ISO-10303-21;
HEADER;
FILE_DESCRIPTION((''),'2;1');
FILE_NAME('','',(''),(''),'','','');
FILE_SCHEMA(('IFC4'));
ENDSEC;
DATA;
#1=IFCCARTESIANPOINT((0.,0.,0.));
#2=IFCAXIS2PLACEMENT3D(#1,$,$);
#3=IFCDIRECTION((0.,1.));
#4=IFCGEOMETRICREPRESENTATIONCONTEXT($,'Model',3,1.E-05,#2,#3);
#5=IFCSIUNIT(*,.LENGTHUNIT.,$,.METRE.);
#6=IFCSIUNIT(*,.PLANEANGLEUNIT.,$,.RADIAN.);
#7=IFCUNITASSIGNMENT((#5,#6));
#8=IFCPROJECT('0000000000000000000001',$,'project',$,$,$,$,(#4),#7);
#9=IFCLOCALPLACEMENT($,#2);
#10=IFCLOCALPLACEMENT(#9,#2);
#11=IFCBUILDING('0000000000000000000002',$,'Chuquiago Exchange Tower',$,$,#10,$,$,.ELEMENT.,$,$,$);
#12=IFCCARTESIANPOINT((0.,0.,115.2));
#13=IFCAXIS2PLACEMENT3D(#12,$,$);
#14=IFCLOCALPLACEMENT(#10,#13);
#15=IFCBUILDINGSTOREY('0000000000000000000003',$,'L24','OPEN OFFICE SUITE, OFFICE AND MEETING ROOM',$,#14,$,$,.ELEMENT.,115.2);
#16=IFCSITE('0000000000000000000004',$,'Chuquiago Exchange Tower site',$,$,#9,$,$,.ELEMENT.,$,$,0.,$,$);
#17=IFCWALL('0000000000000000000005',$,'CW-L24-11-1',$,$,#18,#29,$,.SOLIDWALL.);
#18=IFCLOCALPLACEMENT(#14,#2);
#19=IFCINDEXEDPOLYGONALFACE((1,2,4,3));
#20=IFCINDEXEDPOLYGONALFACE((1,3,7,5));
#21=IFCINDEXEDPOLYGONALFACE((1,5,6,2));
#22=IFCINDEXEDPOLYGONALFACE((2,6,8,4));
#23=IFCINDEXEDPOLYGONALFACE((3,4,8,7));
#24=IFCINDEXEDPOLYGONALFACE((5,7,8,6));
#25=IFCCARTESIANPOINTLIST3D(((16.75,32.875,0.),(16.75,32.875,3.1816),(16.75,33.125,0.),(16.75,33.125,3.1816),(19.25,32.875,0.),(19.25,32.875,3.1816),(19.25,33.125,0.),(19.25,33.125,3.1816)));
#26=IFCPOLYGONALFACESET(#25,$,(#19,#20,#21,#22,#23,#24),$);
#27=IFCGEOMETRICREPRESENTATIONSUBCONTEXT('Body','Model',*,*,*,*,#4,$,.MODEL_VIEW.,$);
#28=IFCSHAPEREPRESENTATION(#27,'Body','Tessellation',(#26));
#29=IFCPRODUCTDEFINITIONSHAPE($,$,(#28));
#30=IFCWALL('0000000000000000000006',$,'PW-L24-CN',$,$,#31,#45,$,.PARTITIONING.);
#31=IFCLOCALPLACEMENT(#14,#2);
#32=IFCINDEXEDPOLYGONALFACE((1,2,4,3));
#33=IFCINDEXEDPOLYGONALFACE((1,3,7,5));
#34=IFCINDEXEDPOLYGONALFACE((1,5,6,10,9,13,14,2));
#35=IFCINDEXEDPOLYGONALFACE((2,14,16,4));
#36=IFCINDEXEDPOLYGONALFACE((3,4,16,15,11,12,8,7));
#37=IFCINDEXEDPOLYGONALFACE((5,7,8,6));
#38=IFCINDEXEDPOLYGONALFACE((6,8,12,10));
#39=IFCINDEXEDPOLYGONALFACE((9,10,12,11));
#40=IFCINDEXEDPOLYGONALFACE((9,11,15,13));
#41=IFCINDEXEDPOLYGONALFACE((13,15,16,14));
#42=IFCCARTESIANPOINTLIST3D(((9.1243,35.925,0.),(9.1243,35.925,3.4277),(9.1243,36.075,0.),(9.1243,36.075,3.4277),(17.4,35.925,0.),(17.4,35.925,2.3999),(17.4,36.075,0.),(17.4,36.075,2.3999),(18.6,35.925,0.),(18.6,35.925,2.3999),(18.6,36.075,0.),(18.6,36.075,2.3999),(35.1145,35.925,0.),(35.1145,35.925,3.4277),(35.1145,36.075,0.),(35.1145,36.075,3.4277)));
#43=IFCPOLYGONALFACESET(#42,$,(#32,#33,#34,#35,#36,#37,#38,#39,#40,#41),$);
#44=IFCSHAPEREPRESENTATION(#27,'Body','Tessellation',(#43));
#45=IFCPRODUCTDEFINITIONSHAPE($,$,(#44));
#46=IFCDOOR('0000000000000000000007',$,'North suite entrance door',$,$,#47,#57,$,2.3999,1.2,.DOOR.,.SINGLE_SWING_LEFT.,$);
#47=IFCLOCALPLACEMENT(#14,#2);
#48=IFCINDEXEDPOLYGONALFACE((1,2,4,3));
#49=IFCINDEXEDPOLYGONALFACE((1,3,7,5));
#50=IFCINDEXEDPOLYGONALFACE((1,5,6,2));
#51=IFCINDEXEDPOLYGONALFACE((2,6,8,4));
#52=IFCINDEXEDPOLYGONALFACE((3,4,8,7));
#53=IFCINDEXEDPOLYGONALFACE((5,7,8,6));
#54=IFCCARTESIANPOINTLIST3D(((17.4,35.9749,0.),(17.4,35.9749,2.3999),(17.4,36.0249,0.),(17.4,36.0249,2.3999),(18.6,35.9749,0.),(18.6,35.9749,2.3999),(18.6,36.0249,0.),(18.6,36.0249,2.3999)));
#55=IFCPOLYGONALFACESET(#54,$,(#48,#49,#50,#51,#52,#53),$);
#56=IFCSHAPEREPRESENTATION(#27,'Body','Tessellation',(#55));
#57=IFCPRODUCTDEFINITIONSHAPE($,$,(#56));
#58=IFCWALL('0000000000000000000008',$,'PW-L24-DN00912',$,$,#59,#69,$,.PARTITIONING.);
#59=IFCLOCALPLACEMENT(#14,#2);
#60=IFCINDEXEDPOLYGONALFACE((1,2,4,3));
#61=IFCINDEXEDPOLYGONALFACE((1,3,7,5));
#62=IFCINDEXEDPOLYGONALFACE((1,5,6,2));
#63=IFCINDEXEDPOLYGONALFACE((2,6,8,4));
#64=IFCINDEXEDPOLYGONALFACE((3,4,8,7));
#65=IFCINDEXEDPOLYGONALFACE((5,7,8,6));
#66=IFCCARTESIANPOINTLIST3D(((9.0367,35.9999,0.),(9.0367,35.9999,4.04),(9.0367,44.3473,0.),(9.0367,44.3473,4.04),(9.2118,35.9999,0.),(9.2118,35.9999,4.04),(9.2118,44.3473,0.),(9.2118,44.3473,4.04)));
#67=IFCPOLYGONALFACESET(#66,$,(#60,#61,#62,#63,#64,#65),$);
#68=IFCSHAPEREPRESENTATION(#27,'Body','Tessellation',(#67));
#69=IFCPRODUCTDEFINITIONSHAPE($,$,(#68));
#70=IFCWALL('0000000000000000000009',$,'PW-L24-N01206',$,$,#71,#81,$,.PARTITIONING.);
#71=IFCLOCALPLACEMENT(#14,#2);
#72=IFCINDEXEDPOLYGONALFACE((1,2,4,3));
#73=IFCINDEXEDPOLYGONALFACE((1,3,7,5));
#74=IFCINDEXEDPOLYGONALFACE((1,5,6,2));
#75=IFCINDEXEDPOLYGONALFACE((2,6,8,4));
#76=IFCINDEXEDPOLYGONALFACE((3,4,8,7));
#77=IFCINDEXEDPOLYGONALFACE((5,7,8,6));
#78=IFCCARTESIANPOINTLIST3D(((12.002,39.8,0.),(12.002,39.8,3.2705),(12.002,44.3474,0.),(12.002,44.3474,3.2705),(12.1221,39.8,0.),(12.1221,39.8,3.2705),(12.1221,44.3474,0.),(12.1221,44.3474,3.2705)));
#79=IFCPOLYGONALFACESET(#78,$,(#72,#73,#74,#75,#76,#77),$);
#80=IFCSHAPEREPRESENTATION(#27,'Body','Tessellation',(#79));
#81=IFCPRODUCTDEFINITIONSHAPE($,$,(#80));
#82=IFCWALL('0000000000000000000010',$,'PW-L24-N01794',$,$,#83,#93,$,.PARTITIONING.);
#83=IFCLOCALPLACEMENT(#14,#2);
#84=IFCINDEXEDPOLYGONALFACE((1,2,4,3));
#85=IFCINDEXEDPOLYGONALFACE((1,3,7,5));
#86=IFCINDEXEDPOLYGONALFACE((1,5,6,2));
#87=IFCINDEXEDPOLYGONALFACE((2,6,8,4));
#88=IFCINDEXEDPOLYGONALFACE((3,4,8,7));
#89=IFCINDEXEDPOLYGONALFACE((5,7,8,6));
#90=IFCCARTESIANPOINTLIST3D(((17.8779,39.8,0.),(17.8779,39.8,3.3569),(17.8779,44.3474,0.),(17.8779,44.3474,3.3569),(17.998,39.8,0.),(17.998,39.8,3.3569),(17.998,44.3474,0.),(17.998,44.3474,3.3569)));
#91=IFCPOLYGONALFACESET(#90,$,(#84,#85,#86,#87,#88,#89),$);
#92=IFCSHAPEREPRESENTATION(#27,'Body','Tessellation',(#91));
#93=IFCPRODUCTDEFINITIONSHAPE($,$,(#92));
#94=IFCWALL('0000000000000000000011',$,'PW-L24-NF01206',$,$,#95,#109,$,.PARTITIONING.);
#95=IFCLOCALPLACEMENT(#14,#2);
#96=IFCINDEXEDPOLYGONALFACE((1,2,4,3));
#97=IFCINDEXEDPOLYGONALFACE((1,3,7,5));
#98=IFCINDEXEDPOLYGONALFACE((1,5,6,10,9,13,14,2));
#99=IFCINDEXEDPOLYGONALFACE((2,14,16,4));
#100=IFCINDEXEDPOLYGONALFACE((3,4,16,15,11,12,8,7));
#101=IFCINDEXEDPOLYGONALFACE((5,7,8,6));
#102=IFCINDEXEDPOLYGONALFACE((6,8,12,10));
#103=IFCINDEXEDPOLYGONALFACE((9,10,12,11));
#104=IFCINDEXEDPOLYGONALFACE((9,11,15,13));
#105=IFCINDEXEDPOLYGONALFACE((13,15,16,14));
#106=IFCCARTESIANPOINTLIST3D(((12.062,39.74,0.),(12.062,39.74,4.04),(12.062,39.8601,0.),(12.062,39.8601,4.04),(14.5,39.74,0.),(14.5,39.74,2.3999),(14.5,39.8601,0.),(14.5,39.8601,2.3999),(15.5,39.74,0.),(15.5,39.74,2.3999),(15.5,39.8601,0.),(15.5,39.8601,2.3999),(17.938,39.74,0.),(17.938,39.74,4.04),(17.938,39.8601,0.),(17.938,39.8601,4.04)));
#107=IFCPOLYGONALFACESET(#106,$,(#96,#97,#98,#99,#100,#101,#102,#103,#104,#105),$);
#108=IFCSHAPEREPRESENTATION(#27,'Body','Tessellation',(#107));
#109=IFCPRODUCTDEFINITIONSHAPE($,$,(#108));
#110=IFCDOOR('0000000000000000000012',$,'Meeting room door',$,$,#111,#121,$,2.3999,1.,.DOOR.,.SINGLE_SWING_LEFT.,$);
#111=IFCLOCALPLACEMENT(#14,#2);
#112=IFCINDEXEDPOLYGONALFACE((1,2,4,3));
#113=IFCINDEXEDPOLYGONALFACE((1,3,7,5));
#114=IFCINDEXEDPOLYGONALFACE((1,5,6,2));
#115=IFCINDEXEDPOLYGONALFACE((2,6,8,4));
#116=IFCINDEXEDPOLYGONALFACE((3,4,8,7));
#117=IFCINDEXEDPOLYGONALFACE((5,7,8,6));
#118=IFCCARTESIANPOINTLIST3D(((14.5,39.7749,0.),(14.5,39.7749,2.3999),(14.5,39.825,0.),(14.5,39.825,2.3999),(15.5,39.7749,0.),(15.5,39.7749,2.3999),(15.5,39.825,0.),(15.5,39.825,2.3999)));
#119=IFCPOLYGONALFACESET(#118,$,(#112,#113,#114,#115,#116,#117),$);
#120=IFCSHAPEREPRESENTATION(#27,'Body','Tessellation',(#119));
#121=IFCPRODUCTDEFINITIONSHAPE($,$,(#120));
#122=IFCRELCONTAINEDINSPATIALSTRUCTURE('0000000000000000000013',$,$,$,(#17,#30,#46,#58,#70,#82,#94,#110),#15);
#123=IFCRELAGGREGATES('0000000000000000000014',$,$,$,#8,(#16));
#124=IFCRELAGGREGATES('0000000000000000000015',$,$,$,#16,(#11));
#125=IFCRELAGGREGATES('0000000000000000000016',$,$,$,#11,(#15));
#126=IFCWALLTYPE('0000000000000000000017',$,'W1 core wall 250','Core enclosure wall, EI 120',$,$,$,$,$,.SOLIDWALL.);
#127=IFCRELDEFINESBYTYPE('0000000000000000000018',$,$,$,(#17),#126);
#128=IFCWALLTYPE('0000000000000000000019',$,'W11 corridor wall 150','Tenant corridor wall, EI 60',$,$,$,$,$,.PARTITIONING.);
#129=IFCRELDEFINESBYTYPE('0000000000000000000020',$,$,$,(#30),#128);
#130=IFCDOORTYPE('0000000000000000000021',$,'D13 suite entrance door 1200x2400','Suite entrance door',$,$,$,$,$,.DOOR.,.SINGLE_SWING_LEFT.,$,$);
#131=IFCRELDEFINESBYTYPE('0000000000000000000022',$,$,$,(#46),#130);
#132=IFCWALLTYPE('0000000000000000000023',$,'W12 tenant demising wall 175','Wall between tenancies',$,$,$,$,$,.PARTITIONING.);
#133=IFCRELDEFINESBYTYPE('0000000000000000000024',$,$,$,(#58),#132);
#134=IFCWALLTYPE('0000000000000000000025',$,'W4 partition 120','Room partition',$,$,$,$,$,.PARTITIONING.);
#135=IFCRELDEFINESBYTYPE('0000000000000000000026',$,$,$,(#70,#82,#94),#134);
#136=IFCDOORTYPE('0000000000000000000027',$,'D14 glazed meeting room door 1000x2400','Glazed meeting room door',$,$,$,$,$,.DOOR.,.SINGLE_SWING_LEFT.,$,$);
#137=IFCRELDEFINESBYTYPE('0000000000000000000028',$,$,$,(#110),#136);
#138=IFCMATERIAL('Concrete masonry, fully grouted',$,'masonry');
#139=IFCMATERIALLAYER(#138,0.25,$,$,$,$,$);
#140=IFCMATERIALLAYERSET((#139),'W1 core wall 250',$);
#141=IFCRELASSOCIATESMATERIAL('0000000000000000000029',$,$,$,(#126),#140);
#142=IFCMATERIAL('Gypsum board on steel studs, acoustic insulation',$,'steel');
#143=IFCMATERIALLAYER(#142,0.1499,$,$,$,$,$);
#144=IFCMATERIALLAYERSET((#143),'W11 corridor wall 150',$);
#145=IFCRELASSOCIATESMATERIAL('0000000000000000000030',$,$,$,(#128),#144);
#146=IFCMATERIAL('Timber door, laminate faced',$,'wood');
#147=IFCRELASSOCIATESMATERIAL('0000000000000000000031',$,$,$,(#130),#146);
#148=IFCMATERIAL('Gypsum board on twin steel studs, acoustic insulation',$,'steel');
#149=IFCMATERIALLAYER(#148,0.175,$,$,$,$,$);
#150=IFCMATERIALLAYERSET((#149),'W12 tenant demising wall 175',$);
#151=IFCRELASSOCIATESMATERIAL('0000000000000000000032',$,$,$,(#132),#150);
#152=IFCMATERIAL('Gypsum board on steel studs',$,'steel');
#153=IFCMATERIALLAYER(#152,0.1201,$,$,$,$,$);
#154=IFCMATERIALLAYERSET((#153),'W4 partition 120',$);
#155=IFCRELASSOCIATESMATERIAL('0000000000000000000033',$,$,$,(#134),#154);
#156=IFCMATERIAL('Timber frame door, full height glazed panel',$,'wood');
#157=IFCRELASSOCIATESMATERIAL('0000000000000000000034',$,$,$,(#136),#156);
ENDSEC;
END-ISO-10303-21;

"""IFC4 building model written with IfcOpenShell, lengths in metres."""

from ifc_helpers import new_model, si_unit, direction, frame, frame_2d, origin, place, context, subcontext, project, spatial, rectangle, extrude, material, layer, layer_set, type_object, element, fill, save


model = new_model("IFC4")

# Units and contexts
model_context = context("Model", 3, precision=1e-05, world=origin(), true_north=direction((0.0, 1.0)))
body_context = subcontext(model_context, "Body", "Model", "MODEL_VIEW")
ifc_project = project(units=[si_unit("LENGTHUNIT", "METRE"), si_unit("PLANEANGLEUNIT", "RADIAN")], contexts=[model_context])

# Site, building, storey
site_placement = place(None, origin())
site = spatial("IfcSite", under=ifc_project, at=site_placement, Name="Chuquiago Exchange Tower site", CompositionType="ELEMENT", RefElevation=0.0)
building_placement = place(site_placement, origin())
building = spatial("IfcBuilding", under=site, at=building_placement, Name="Chuquiago Exchange Tower", CompositionType="ELEMENT")
storey_placement = place(building_placement, frame((0.0, 0.0, 115.2)))
storey = spatial("IfcBuildingStorey", under=building, at=storey_placement, Name="L24", Description="OPEN OFFICE SUITE, OFFICE AND MEETING ROOM", CompositionType="ELEMENT", Elevation=115.2)

# Wall
ifc_material_1 = material(Name="Concrete masonry, fully grouted", Category="masonry")
ifc_layer_1 = layer(ifc_material_1, 0.25)
ifc_layer_set_1 = layer_set([ifc_layer_1], Name="W1 core wall 250")
wall_type_1 = type_object("IfcWallType", Name="W1 core wall 250", Description="Core enclosure wall, EI 120", PredefinedType="SOLIDWALL", material=ifc_layer_set_1)
wall_1_placement = place(storey_placement, frame((16.75, 33.0, 0.0), z_axis=(0.0, 0.0, 1.0), x_axis=(1.0, 0.0, 0.0)))
element("IfcWall", 1, at=wall_1_placement, inside=storey, type_object=wall_type_1, Name="CW-L24-11-1", PredefinedType="SOLIDWALL", context=body_context, shape_type="SweptSolid", body=[
    extrude(rectangle(XDim=2.5, YDim=0.25, at=frame_2d((1.25, 0.0))), origin(), (0.0, 0.0, 1.0), 3.1816),
])

# Wall, opening, door
ifc_material_2 = material(Name="Gypsum board on steel studs, acoustic insulation", Category="steel")
ifc_layer_2 = layer(ifc_material_2, 0.1499)
ifc_layer_set_2 = layer_set([ifc_layer_2], Name="W11 corridor wall 150")
wall_type_2 = type_object("IfcWallType", Name="W11 corridor wall 150", Description="Tenant corridor wall, EI 60", PredefinedType="PARTITIONING", material=ifc_layer_set_2)
wall_2_placement = place(storey_placement, frame((9.1243, 36.0, 0.0), z_axis=(0.0, 0.0, 1.0), x_axis=(1.0, 0.0, 0.0)))
wall_2 = element("IfcWall", 2, at=wall_2_placement, inside=storey, type_object=wall_type_2, Name="PW-L24-CN", PredefinedType="PARTITIONING", context=body_context, shape_type="SweptSolid", body=[
    extrude(rectangle(XDim=25.9902, YDim=0.1499, at=frame_2d((12.9951, 0.0))), origin(), (0.0, 0.0, 1.0), 3.4277),
])
opening_1_placement = place(wall_2_placement, frame((8.2756, 0.0, 0.0)))
opening_1 = element("IfcOpeningElement", 3, at=opening_1_placement, cuts=wall_2, PredefinedType="OPENING", context=body_context, shape_type="SweptSolid", body=[
    extrude(rectangle(XDim=1.2, YDim=2.3999, at=frame_2d((0.6001, 1.2))), frame((0.0, 0.085, 0.0), z_axis=(0.0, -1.0, 0.0), x_axis=(1.0, 0.0, 0.0)), (0.0, 0.0, 1.0), 0.1699),
])
ifc_material_3 = material(Name="Timber door, laminate faced", Category="wood")
door_type_1 = type_object("IfcDoorType", Name="D13 suite entrance door 1200x2400", Description="Suite entrance door", OperationType="SINGLE_SWING_LEFT", PredefinedType="DOOR", material=ifc_material_3)
door_1_placement = place(opening_1_placement, origin())
door_1 = element("IfcDoor", 4, at=door_1_placement, inside=storey, type_object=door_type_1, Name="North suite entrance door", OperationType="SINGLE_SWING_LEFT", OverallHeight=2.3999, OverallWidth=1.2, PredefinedType="DOOR", context=body_context, shape_type="SweptSolid", body=[
    extrude(rectangle(XDim=1.2, YDim=2.3999, at=frame_2d((0.6001, 1.2))), frame((0.0, 0.0249, 0.0), z_axis=(0.0, -1.0, 0.0), x_axis=(1.0, 0.0, 0.0)), (0.0, 0.0, 1.0), 0.05),
])
fill(opening_1, door_1)

# Walls
ifc_material_4 = material(Name="Gypsum board on twin steel studs, acoustic insulation", Category="steel")
ifc_layer_3 = layer(ifc_material_4, 0.175)
ifc_layer_set_3 = layer_set([ifc_layer_3], Name="W12 tenant demising wall 175")
wall_type_3 = type_object("IfcWallType", Name="W12 tenant demising wall 175", Description="Wall between tenancies", PredefinedType="PARTITIONING", material=ifc_layer_set_3)
wall_3_placement = place(storey_placement, frame((9.1243, 44.3474, 0.0), z_axis=(0.0, 0.0, 1.0), x_axis=(0.0, -1.0, 0.0)))
element("IfcWall", 5, at=wall_3_placement, inside=storey, type_object=wall_type_3, Name="PW-L24-DN00912", PredefinedType="PARTITIONING", context=body_context, shape_type="SweptSolid", body=[
    extrude(rectangle(XDim=8.3474, YDim=0.175, at=frame_2d((4.1738, 0.0))), origin(), (0.0, 0.0, 1.0), 4.04),
])
ifc_material_5 = material(Name="Gypsum board on steel studs", Category="steel")
ifc_layer_4 = layer(ifc_material_5, 0.1201)
ifc_layer_set_4 = layer_set([ifc_layer_4], Name="W4 partition 120")
wall_type_4 = type_object("IfcWallType", Name="W4 partition 120", Description="Room partition", PredefinedType="PARTITIONING", material=ifc_layer_set_4)
wall_4_placement = place(storey_placement, frame((12.062, 44.3474, 0.0), z_axis=(0.0, 0.0, 1.0), x_axis=(0.0, -1.0, 0.0)))
element("IfcWall", 6, at=wall_4_placement, inside=storey, type_object=wall_type_4, Name="PW-L24-N01206", PredefinedType="PARTITIONING", context=body_context, shape_type="SweptSolid", body=[
    extrude(rectangle(XDim=4.5474, YDim=0.1201, at=frame_2d((2.2737, 0.0))), origin(), (0.0, 0.0, 1.0), 3.2705),
])
wall_5_placement = place(storey_placement, frame((17.938, 44.3474, 0.0), z_axis=(0.0, 0.0, 1.0), x_axis=(0.0, -1.0, 0.0)))
element("IfcWall", 7, at=wall_5_placement, inside=storey, type_object=wall_type_4, Name="PW-L24-N01794", PredefinedType="PARTITIONING", context=body_context, shape_type="SweptSolid", body=[
    extrude(rectangle(XDim=4.5474, YDim=0.1201, at=frame_2d((2.2737, 0.0))), origin(), (0.0, 0.0, 1.0), 3.3569),
])

# Wall, opening, door
wall_6_placement = place(storey_placement, frame((12.062, 39.8, 0.0), z_axis=(0.0, 0.0, 1.0), x_axis=(1.0, 0.0, 0.0)))
wall_6 = element("IfcWall", 8, at=wall_6_placement, inside=storey, type_object=wall_type_4, Name="PW-L24-NF01206", PredefinedType="PARTITIONING", context=body_context, shape_type="SweptSolid", body=[
    extrude(rectangle(XDim=5.876, YDim=0.1201, at=frame_2d((2.938, 0.0))), origin(), (0.0, 0.0, 1.0), 4.04),
])
opening_2_placement = place(wall_6_placement, frame((2.438, 0.0, 0.0)))
opening_2 = element("IfcOpeningElement", 9, at=opening_2_placement, cuts=wall_6, PredefinedType="OPENING", context=body_context, shape_type="SweptSolid", body=[
    extrude(rectangle(XDim=1.0, YDim=2.3999, at=frame_2d((0.5, 1.2))), frame((0.0, 0.0701, 0.0), z_axis=(0.0, -1.0, 0.0), x_axis=(1.0, 0.0, 0.0)), (0.0, 0.0, 1.0), 0.1401),
])
ifc_material_6 = material(Name="Timber frame door, full height glazed panel", Category="wood")
door_type_2 = type_object("IfcDoorType", Name="D14 glazed meeting room door 1000x2400", Description="Glazed meeting room door", OperationType="SINGLE_SWING_LEFT", PredefinedType="DOOR", material=ifc_material_6)
door_2_placement = place(opening_2_placement, origin())
door_2 = element("IfcDoor", 10, at=door_2_placement, inside=storey, type_object=door_type_2, Name="Meeting room door", OperationType="SINGLE_SWING_LEFT", OverallHeight=2.3999, OverallWidth=1.0, PredefinedType="DOOR", context=body_context, shape_type="SweptSolid", body=[
    extrude(rectangle(XDim=1.0, YDim=2.3999, at=frame_2d((0.5, 1.2))), frame((0.0, 0.0249, 0.0), z_axis=(0.0, -1.0, 0.0), x_axis=(1.0, 0.0, 0.0)), (0.0, 0.0, 1.0), 0.05),
])
fill(opening_2, door_2)

save(model, "model.ifc")
